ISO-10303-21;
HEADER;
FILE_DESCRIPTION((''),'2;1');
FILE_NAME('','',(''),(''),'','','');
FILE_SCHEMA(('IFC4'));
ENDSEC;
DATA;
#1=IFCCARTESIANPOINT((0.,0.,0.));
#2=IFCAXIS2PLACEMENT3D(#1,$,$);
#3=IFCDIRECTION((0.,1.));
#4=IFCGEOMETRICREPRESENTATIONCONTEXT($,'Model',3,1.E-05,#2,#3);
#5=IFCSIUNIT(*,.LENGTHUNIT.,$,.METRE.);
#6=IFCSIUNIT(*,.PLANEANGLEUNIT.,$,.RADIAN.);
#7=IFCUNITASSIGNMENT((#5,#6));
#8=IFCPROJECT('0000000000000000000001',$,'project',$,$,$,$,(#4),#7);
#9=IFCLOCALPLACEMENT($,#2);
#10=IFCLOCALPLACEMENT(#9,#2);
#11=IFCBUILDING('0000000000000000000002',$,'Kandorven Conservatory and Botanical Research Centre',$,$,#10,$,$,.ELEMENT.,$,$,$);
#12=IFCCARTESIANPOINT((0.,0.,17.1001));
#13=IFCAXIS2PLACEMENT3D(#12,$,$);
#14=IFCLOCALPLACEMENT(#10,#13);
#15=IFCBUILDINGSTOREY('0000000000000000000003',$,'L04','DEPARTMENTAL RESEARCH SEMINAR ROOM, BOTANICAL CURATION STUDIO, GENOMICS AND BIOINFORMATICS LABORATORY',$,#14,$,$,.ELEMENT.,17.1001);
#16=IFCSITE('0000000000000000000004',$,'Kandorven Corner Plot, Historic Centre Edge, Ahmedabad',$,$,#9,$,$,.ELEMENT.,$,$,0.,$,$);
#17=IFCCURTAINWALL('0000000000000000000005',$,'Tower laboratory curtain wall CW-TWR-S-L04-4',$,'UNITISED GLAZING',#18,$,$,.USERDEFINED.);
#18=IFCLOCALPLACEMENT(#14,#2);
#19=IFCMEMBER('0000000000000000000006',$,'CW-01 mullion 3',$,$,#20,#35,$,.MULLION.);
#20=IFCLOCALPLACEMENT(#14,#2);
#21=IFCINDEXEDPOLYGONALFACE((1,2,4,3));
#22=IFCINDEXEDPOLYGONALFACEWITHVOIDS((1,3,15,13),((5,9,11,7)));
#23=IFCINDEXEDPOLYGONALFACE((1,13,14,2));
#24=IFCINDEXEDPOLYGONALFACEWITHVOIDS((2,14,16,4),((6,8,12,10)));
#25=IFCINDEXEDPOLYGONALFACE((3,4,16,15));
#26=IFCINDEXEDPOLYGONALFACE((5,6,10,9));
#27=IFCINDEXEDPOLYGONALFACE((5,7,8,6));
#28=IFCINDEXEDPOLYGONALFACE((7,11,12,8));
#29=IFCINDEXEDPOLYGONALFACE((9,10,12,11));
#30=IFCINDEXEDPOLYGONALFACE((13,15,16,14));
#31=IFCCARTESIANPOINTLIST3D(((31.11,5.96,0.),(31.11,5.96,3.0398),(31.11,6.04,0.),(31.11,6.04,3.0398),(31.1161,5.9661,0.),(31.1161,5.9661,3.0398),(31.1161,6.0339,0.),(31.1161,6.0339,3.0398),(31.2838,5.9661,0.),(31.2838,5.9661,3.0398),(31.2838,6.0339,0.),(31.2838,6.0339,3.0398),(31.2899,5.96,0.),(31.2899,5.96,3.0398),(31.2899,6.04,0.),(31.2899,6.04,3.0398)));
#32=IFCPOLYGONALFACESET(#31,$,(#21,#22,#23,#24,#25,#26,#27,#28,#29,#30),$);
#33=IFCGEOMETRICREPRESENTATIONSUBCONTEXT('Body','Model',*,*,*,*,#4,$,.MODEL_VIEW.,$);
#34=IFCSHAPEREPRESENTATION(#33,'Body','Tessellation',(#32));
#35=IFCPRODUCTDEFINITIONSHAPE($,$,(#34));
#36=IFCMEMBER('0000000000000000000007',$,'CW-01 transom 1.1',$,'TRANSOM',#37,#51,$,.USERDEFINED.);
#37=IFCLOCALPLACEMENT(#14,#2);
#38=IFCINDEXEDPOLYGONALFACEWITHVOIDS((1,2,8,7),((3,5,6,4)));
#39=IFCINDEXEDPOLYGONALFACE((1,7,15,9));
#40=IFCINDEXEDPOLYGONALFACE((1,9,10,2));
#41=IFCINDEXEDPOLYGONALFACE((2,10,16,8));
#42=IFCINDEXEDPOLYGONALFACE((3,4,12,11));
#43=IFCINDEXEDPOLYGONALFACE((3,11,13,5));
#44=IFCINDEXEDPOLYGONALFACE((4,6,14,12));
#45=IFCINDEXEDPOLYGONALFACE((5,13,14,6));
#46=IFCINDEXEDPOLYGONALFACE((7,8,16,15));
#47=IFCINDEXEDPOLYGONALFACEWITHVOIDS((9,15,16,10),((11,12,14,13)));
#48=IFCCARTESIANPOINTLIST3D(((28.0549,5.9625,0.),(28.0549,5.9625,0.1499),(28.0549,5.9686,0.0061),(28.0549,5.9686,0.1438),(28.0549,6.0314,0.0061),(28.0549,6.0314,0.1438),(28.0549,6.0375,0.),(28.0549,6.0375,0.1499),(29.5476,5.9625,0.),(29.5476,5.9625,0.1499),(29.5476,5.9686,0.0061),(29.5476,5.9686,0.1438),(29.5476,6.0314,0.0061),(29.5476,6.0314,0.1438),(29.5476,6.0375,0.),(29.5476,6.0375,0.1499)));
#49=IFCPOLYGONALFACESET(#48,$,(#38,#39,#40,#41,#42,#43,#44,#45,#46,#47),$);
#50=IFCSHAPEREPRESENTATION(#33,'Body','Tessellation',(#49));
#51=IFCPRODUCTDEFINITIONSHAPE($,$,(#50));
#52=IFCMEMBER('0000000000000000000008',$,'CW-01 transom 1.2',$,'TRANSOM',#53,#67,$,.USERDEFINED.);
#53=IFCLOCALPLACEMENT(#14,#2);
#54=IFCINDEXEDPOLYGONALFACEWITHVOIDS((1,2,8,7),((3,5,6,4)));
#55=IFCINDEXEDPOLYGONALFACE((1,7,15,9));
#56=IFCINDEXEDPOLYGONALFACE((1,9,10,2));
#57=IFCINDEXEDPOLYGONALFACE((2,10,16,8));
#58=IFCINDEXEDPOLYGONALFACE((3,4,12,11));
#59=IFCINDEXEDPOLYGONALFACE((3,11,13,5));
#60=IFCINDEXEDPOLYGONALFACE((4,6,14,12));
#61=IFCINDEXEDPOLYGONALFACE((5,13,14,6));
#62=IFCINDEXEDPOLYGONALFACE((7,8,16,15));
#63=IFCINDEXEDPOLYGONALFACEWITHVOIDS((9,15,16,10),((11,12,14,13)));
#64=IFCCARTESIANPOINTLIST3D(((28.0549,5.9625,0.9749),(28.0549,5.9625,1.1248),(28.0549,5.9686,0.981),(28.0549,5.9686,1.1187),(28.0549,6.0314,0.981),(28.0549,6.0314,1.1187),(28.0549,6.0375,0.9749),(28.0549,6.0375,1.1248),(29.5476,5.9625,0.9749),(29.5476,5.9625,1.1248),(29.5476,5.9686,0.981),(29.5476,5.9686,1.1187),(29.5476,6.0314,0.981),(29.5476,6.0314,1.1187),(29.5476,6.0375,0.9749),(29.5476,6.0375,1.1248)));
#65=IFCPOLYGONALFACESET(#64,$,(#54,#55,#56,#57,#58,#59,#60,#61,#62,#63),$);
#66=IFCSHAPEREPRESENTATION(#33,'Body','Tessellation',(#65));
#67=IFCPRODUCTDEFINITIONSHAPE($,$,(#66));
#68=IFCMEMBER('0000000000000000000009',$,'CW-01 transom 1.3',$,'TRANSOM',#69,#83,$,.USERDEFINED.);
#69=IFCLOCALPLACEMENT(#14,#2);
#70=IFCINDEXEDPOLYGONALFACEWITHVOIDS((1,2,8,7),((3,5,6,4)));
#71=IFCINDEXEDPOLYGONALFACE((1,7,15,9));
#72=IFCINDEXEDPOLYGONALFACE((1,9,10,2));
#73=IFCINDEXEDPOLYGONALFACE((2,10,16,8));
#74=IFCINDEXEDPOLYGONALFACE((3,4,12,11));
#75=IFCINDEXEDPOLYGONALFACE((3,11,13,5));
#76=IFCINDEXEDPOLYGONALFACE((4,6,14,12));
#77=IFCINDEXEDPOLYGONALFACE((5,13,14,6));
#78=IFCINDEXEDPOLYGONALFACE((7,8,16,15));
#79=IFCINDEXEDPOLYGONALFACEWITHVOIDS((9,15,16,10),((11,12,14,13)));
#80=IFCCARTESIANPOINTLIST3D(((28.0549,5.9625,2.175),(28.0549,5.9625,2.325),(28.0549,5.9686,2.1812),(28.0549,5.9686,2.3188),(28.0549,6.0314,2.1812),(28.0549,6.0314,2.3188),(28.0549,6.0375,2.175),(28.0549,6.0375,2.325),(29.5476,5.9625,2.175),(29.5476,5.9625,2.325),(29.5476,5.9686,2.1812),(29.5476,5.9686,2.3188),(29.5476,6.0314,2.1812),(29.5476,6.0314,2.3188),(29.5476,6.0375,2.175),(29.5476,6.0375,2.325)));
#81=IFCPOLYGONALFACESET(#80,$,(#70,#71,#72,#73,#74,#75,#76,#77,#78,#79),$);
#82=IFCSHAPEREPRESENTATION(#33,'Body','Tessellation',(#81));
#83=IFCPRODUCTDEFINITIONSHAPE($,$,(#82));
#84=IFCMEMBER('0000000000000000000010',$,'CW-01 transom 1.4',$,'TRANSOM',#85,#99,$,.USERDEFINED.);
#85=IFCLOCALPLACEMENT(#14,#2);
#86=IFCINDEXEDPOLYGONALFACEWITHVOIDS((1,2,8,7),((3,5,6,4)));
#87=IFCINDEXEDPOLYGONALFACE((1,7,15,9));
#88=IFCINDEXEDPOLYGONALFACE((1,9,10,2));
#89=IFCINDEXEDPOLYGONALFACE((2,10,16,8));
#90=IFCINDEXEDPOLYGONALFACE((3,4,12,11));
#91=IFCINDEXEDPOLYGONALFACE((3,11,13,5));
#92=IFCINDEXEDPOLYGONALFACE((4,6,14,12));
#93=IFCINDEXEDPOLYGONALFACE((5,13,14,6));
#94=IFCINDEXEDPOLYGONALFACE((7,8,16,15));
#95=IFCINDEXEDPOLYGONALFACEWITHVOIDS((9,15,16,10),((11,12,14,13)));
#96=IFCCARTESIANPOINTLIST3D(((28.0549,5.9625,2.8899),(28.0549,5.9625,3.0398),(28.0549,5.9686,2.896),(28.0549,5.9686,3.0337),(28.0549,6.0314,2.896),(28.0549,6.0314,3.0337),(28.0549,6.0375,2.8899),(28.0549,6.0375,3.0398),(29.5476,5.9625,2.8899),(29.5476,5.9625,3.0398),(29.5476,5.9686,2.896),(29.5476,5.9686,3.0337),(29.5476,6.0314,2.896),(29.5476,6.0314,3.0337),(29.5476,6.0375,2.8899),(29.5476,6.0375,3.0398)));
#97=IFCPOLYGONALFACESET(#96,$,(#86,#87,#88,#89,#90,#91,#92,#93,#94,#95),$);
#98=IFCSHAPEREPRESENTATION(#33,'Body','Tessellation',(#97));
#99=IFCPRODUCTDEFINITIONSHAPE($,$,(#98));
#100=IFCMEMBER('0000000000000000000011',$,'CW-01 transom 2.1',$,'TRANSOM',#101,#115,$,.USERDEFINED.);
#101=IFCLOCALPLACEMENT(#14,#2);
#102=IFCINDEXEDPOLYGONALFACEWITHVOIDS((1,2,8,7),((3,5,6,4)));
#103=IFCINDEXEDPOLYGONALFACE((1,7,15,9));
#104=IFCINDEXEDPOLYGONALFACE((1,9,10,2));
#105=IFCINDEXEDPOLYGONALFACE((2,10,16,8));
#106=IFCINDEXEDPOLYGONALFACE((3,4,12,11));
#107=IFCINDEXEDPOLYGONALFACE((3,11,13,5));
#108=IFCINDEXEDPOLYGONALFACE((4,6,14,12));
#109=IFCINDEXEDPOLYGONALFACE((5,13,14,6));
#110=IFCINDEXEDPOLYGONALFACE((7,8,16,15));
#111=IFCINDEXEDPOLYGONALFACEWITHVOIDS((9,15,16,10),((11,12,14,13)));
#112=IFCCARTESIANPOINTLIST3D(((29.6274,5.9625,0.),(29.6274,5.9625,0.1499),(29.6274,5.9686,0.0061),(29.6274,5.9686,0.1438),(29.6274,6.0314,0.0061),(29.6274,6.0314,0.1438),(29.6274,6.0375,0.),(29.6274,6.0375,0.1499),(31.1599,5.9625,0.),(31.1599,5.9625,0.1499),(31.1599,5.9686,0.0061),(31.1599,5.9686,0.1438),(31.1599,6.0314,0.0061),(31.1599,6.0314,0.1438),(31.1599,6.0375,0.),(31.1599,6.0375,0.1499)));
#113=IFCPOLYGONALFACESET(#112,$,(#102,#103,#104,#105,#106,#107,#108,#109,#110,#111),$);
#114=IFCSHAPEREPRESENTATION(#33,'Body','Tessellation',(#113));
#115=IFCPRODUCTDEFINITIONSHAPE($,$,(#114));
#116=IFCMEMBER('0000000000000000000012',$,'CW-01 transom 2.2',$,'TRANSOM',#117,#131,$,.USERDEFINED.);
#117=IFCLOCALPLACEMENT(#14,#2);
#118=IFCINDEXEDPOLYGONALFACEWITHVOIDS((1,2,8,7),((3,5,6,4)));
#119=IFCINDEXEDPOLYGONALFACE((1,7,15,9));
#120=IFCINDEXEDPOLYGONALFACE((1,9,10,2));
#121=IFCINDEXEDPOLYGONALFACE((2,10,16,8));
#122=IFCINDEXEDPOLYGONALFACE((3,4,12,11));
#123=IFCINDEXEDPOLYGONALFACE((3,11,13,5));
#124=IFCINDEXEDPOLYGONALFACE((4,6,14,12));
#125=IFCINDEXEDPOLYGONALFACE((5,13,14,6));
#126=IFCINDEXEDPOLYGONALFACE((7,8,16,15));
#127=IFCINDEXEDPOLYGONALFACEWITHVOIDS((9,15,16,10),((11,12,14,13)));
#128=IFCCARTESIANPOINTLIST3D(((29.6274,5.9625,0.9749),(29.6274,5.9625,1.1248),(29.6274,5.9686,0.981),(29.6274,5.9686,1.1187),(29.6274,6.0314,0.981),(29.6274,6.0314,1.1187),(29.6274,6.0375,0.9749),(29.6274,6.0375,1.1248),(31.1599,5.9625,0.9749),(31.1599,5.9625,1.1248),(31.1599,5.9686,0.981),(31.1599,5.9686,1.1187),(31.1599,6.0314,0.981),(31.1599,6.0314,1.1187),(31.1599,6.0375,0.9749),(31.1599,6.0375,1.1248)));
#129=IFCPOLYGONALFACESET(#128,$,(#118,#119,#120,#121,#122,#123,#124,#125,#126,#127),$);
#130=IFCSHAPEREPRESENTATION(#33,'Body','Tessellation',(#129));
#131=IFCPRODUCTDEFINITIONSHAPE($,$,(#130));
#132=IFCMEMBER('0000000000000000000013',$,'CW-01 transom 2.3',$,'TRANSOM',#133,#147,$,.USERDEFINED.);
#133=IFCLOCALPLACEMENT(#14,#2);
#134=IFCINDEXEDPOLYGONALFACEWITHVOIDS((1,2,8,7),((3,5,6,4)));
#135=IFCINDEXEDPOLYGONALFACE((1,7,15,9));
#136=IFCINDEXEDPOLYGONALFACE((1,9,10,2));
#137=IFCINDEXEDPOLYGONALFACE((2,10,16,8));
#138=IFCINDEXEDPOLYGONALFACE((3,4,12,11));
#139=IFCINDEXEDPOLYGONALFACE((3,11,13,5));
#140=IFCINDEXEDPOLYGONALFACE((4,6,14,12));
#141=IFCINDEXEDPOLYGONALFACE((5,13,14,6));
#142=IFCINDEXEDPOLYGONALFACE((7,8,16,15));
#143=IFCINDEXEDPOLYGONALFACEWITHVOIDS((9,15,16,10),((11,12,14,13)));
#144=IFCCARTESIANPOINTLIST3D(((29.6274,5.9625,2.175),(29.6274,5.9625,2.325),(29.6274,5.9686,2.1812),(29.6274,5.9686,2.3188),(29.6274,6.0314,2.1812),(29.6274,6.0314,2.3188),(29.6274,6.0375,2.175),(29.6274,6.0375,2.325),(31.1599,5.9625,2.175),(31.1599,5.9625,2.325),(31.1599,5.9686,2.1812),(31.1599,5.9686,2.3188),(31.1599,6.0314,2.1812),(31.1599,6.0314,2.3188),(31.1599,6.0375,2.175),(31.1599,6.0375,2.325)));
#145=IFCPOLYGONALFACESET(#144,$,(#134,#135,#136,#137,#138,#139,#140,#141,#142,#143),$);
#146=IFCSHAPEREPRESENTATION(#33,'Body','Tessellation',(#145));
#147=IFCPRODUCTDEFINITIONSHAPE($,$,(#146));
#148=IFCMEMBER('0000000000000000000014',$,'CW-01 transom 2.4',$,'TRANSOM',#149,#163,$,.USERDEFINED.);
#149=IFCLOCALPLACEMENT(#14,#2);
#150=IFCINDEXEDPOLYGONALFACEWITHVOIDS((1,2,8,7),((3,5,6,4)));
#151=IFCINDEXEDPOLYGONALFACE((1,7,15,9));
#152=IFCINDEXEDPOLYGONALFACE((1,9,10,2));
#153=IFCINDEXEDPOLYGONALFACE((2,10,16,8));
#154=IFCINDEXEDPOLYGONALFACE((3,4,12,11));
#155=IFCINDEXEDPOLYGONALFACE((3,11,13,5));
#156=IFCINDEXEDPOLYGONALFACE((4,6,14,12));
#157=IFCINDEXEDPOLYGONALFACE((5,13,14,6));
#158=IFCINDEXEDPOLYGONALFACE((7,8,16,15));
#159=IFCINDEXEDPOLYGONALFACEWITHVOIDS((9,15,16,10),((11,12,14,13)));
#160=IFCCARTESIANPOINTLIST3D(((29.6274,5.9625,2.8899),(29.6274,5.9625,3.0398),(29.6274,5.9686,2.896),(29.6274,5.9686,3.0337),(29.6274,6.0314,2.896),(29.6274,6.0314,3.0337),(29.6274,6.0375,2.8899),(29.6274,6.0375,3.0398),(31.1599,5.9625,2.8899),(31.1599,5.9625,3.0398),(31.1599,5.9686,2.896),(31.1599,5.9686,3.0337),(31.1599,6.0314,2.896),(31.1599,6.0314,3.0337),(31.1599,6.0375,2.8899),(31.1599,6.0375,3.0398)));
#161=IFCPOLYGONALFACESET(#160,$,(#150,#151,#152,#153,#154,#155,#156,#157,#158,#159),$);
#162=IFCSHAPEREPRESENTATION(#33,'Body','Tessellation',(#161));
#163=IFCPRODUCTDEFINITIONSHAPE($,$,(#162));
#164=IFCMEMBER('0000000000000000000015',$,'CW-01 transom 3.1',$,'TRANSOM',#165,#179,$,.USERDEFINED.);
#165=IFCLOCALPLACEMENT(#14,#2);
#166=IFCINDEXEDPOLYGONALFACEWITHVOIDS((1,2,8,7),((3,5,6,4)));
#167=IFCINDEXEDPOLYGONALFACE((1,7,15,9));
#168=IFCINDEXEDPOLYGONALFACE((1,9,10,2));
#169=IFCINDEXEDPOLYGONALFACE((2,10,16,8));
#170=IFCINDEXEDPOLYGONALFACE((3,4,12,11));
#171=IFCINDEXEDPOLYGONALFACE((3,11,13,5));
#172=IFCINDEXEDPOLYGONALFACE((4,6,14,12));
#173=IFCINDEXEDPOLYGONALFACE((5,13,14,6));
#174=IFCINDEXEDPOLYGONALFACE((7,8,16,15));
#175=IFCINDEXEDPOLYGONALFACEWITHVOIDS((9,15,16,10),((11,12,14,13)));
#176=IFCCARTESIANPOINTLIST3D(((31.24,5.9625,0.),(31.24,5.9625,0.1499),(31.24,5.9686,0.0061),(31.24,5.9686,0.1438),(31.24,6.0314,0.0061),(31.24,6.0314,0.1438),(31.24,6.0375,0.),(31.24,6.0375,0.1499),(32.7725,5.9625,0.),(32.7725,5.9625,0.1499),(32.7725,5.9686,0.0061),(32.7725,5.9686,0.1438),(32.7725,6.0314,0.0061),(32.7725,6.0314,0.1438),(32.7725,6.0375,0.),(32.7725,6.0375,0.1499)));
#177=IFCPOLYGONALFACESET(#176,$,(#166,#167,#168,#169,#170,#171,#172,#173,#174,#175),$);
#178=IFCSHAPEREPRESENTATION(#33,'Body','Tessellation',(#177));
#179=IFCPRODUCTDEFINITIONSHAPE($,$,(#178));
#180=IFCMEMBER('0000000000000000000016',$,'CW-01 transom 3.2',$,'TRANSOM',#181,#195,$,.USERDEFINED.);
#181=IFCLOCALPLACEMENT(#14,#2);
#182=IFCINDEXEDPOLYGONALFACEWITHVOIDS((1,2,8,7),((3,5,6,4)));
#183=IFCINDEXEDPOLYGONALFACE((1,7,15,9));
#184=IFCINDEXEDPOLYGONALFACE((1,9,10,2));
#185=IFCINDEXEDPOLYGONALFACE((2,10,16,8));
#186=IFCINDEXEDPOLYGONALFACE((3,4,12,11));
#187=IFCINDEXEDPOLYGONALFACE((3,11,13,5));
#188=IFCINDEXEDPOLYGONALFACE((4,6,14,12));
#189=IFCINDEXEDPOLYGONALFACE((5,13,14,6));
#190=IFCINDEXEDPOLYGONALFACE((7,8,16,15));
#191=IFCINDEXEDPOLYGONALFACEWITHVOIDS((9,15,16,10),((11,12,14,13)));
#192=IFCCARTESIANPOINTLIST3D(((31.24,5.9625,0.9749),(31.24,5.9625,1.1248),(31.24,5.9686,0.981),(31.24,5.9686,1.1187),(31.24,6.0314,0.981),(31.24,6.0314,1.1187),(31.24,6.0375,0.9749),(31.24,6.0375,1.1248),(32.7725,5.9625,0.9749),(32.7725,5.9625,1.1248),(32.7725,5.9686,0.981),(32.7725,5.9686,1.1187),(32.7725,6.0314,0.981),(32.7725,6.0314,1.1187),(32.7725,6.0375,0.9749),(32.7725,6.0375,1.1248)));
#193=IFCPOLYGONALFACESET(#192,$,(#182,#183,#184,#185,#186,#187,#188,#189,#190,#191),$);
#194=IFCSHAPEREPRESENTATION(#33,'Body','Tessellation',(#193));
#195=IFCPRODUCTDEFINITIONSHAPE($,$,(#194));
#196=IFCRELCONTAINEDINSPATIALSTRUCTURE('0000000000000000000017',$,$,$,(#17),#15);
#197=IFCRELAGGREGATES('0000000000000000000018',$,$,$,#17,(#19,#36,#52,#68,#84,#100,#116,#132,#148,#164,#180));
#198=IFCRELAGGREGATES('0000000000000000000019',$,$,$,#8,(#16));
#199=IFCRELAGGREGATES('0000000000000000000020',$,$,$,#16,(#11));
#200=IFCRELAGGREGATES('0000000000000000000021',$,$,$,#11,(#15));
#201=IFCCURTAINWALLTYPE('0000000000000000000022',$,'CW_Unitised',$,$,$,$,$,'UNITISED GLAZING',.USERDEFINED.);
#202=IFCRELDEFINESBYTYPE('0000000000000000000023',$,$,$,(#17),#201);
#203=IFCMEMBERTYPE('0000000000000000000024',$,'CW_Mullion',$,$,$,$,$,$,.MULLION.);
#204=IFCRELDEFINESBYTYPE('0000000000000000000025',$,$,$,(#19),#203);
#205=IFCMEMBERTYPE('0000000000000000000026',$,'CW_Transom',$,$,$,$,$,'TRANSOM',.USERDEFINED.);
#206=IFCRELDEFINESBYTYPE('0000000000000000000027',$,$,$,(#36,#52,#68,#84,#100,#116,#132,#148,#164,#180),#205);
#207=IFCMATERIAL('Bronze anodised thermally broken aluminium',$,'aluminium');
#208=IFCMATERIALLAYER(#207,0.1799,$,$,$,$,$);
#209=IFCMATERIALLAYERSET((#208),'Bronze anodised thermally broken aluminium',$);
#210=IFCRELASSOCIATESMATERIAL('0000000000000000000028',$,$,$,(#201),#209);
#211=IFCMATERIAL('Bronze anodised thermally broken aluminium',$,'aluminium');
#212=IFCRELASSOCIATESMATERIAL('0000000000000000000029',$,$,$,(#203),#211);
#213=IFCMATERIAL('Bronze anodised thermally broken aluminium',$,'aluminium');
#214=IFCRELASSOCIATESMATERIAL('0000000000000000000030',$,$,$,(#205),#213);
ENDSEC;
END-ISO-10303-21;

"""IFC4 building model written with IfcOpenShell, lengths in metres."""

from ifc_helpers import new_model, si_unit, direction, frame, origin, origin_2d, place, context, subcontext, project, spatial, hollow_rectangle, extrude, material, layer, layer_set, material_profile, profile_set, type_object, element, aggregate, save


model = new_model("IFC4")

# Units and contexts
model_context = context("Model", 3, precision=1e-05, world=origin(), true_north=direction((0.0, 1.0)))
body_context = subcontext(model_context, "Body", "Model", "MODEL_VIEW")
ifc_project = project(units=[si_unit("LENGTHUNIT", "METRE"), si_unit("PLANEANGLEUNIT", "RADIAN")], contexts=[model_context])

# Site, building, storey
site_placement = place(None, origin())
site = spatial("IfcSite", under=ifc_project, at=site_placement, Name="Kandorven Corner Plot, Historic Centre Edge, Ahmedabad", CompositionType="ELEMENT", RefElevation=0.0)
building_placement = place(site_placement, origin())
building = spatial("IfcBuilding", under=site, at=building_placement, Name="Kandorven Conservatory and Botanical Research Centre", CompositionType="ELEMENT")
storey_placement = place(building_placement, frame((0.0, 0.0, 17.1001)))
storey = spatial("IfcBuildingStorey", under=building, at=storey_placement, Name="L04", Description="DEPARTMENTAL RESEARCH SEMINAR ROOM, BOTANICAL CURATION STUDIO, GENOMICS AND BIOINFORMATICS LABORATORY", CompositionType="ELEMENT", Elevation=17.1001)

# Curtain wall, members
ifc_material_1 = material(Name="Bronze anodised thermally broken aluminium", Category="aluminium")
ifc_layer_1 = layer(ifc_material_1, 0.1799)
ifc_layer_set_1 = layer_set([ifc_layer_1], Name="Bronze anodised thermally broken aluminium")
curtain_wall_type = type_object("IfcCurtainWallType", Name="CW_Unitised", ElementType="UNITISED GLAZING", PredefinedType="USERDEFINED", material=ifc_layer_set_1)
curtain_wall_placement = place(storey_placement, origin())
curtain_wall = element("IfcCurtainWall", 1, at=curtain_wall_placement, inside=storey, type_object=curtain_wall_type, Name="Tower laboratory curtain wall CW-TWR-S-L04-4", ObjectType="UNITISED GLAZING", PredefinedType="USERDEFINED")
ifc_material_2 = material(Name="Bronze anodised thermally broken aluminium", Category="aluminium")
ifc_material_profile_1 = material_profile(ifc_material_2, hollow_rectangle(XDim=0.0801, YDim=0.1799, WallThickness=0.0061, at=origin_2d()))
ifc_profile_set_1 = profile_set([ifc_material_profile_1], Name="Bronze anodised thermally broken aluminium")
member_type_1 = type_object("IfcMemberType", Name="CW_Mullion", PredefinedType="MULLION", material=ifc_profile_set_1)
member_1_placement = place(storey_placement, frame((31.2, 6.0, 0.0), z_axis=(0.0, 0.0, 1.0), x_axis=(0.0, 1.0, 0.0)))
member_1 = element("IfcMember", 2, at=member_1_placement, type_object=member_type_1, Name="CW-01 mullion 3", PredefinedType="MULLION", context=body_context, shape_type="SweptSolid", body=[
    extrude(hollow_rectangle(XDim=0.0801, YDim=0.1799, WallThickness=0.0061, at=origin_2d()), origin(), (0.0, 0.0, 1.0), 3.0398),
])
ifc_material_3 = material(Name="Bronze anodised thermally broken aluminium", Category="aluminium")
ifc_material_profile_2 = material_profile(ifc_material_3, hollow_rectangle(XDim=0.075, YDim=0.1499, WallThickness=0.0061, at=origin_2d()))
ifc_profile_set_2 = profile_set([ifc_material_profile_2], Name="Bronze anodised thermally broken aluminium")
member_type_2 = type_object("IfcMemberType", Name="CW_Transom", ElementType="TRANSOM", PredefinedType="USERDEFINED", material=ifc_profile_set_2)
member_2_placement = place(storey_placement, frame((28.0549, 6.0, 0.075), z_axis=(1.0, 0.0, 0.0), x_axis=(0.0, 1.0, 0.0)))
member_2 = element("IfcMember", 3, at=member_2_placement, type_object=member_type_2, Name="CW-01 transom 1.1", ObjectType="TRANSOM", PredefinedType="USERDEFINED", context=body_context, shape_type="SweptSolid", body=[
    extrude(hollow_rectangle(XDim=0.075, YDim=0.1499, WallThickness=0.0061, at=origin_2d()), origin(), (0.0, 0.0, 1.0), 1.4927),
])
member_3_placement = place(storey_placement, frame((28.0549, 6.0, 1.0498), z_axis=(1.0, 0.0, 0.0), x_axis=(0.0, 1.0, 0.0)))
member_3 = element("IfcMember", 4, at=member_3_placement, type_object=member_type_2, Name="CW-01 transom 1.2", ObjectType="TRANSOM", PredefinedType="USERDEFINED", context=body_context, shape_type="SweptSolid", body=[
    extrude(hollow_rectangle(XDim=0.075, YDim=0.1499, WallThickness=0.0061, at=origin_2d()), origin(), (0.0, 0.0, 1.0), 1.4927),
])
member_4_placement = place(storey_placement, frame((28.0549, 6.0, 2.25), z_axis=(1.0, 0.0, 0.0), x_axis=(0.0, 1.0, 0.0)))
member_4 = element("IfcMember", 5, at=member_4_placement, type_object=member_type_2, Name="CW-01 transom 1.3", ObjectType="TRANSOM", PredefinedType="USERDEFINED", context=body_context, shape_type="SweptSolid", body=[
    extrude(hollow_rectangle(XDim=0.075, YDim=0.1499, WallThickness=0.0061, at=origin_2d()), origin(), (0.0, 0.0, 1.0), 1.4927),
])
member_5_placement = place(storey_placement, frame((28.0549, 6.0, 2.9648), z_axis=(1.0, 0.0, 0.0), x_axis=(0.0, 1.0, 0.0)))
member_5 = element("IfcMember", 6, at=member_5_placement, type_object=member_type_2, Name="CW-01 transom 1.4", ObjectType="TRANSOM", PredefinedType="USERDEFINED", context=body_context, shape_type="SweptSolid", body=[
    extrude(hollow_rectangle(XDim=0.075, YDim=0.1499, WallThickness=0.0061, at=origin_2d()), origin(), (0.0, 0.0, 1.0), 1.4927),
])
member_6_placement = place(storey_placement, frame((29.6274, 6.0, 0.075), z_axis=(1.0, 0.0, 0.0), x_axis=(0.0, 1.0, 0.0)))
member_6 = element("IfcMember", 7, at=member_6_placement, type_object=member_type_2, Name="CW-01 transom 2.1", ObjectType="TRANSOM", PredefinedType="USERDEFINED", context=body_context, shape_type="SweptSolid", body=[
    extrude(hollow_rectangle(XDim=0.075, YDim=0.1499, WallThickness=0.0061, at=origin_2d()), origin(), (0.0, 0.0, 1.0), 1.5325),
])
member_7_placement = place(storey_placement, frame((29.6274, 6.0, 1.0498), z_axis=(1.0, 0.0, 0.0), x_axis=(0.0, 1.0, 0.0)))
member_7 = element("IfcMember", 8, at=member_7_placement, type_object=member_type_2, Name="CW-01 transom 2.2", ObjectType="TRANSOM", PredefinedType="USERDEFINED", context=body_context, shape_type="SweptSolid", body=[
    extrude(hollow_rectangle(XDim=0.075, YDim=0.1499, WallThickness=0.0061, at=origin_2d()), origin(), (0.0, 0.0, 1.0), 1.5325),
])
member_8_placement = place(storey_placement, frame((29.6274, 6.0, 2.25), z_axis=(1.0, 0.0, 0.0), x_axis=(0.0, 1.0, 0.0)))
member_8 = element("IfcMember", 9, at=member_8_placement, type_object=member_type_2, Name="CW-01 transom 2.3", ObjectType="TRANSOM", PredefinedType="USERDEFINED", context=body_context, shape_type="SweptSolid", body=[
    extrude(hollow_rectangle(XDim=0.075, YDim=0.1499, WallThickness=0.0061, at=origin_2d()), origin(), (0.0, 0.0, 1.0), 1.5325),
])
member_9_placement = place(storey_placement, frame((29.6274, 6.0, 2.9648), z_axis=(1.0, 0.0, 0.0), x_axis=(0.0, 1.0, 0.0)))
member_9 = element("IfcMember", 10, at=member_9_placement, type_object=member_type_2, Name="CW-01 transom 2.4", ObjectType="TRANSOM", PredefinedType="USERDEFINED", context=body_context, shape_type="SweptSolid", body=[
    extrude(hollow_rectangle(XDim=0.075, YDim=0.1499, WallThickness=0.0061, at=origin_2d()), origin(), (0.0, 0.0, 1.0), 1.5325),
])
member_10_placement = place(storey_placement, frame((31.24, 6.0, 0.075), z_axis=(1.0, 0.0, 0.0), x_axis=(0.0, 1.0, 0.0)))
member_10 = element("IfcMember", 11, at=member_10_placement, type_object=member_type_2, Name="CW-01 transom 3.1", ObjectType="TRANSOM", PredefinedType="USERDEFINED", context=body_context, shape_type="SweptSolid", body=[
    extrude(hollow_rectangle(XDim=0.075, YDim=0.1499, WallThickness=0.0061, at=origin_2d()), origin(), (0.0, 0.0, 1.0), 1.5325),
])
member_11_placement = place(storey_placement, frame((31.24, 6.0, 1.0498), z_axis=(1.0, 0.0, 0.0), x_axis=(0.0, 1.0, 0.0)))
member_11 = element("IfcMember", 12, at=member_11_placement, type_object=member_type_2, Name="CW-01 transom 3.2", ObjectType="TRANSOM", PredefinedType="USERDEFINED", context=body_context, shape_type="SweptSolid", body=[
    extrude(hollow_rectangle(XDim=0.075, YDim=0.1499, WallThickness=0.0061, at=origin_2d()), origin(), (0.0, 0.0, 1.0), 1.5325),
])

aggregate(curtain_wall, [member_1, member_2, member_3, member_4, member_5, member_6, member_7, member_8, member_9, member_10, member_11])

save(model, "model.ifc")
